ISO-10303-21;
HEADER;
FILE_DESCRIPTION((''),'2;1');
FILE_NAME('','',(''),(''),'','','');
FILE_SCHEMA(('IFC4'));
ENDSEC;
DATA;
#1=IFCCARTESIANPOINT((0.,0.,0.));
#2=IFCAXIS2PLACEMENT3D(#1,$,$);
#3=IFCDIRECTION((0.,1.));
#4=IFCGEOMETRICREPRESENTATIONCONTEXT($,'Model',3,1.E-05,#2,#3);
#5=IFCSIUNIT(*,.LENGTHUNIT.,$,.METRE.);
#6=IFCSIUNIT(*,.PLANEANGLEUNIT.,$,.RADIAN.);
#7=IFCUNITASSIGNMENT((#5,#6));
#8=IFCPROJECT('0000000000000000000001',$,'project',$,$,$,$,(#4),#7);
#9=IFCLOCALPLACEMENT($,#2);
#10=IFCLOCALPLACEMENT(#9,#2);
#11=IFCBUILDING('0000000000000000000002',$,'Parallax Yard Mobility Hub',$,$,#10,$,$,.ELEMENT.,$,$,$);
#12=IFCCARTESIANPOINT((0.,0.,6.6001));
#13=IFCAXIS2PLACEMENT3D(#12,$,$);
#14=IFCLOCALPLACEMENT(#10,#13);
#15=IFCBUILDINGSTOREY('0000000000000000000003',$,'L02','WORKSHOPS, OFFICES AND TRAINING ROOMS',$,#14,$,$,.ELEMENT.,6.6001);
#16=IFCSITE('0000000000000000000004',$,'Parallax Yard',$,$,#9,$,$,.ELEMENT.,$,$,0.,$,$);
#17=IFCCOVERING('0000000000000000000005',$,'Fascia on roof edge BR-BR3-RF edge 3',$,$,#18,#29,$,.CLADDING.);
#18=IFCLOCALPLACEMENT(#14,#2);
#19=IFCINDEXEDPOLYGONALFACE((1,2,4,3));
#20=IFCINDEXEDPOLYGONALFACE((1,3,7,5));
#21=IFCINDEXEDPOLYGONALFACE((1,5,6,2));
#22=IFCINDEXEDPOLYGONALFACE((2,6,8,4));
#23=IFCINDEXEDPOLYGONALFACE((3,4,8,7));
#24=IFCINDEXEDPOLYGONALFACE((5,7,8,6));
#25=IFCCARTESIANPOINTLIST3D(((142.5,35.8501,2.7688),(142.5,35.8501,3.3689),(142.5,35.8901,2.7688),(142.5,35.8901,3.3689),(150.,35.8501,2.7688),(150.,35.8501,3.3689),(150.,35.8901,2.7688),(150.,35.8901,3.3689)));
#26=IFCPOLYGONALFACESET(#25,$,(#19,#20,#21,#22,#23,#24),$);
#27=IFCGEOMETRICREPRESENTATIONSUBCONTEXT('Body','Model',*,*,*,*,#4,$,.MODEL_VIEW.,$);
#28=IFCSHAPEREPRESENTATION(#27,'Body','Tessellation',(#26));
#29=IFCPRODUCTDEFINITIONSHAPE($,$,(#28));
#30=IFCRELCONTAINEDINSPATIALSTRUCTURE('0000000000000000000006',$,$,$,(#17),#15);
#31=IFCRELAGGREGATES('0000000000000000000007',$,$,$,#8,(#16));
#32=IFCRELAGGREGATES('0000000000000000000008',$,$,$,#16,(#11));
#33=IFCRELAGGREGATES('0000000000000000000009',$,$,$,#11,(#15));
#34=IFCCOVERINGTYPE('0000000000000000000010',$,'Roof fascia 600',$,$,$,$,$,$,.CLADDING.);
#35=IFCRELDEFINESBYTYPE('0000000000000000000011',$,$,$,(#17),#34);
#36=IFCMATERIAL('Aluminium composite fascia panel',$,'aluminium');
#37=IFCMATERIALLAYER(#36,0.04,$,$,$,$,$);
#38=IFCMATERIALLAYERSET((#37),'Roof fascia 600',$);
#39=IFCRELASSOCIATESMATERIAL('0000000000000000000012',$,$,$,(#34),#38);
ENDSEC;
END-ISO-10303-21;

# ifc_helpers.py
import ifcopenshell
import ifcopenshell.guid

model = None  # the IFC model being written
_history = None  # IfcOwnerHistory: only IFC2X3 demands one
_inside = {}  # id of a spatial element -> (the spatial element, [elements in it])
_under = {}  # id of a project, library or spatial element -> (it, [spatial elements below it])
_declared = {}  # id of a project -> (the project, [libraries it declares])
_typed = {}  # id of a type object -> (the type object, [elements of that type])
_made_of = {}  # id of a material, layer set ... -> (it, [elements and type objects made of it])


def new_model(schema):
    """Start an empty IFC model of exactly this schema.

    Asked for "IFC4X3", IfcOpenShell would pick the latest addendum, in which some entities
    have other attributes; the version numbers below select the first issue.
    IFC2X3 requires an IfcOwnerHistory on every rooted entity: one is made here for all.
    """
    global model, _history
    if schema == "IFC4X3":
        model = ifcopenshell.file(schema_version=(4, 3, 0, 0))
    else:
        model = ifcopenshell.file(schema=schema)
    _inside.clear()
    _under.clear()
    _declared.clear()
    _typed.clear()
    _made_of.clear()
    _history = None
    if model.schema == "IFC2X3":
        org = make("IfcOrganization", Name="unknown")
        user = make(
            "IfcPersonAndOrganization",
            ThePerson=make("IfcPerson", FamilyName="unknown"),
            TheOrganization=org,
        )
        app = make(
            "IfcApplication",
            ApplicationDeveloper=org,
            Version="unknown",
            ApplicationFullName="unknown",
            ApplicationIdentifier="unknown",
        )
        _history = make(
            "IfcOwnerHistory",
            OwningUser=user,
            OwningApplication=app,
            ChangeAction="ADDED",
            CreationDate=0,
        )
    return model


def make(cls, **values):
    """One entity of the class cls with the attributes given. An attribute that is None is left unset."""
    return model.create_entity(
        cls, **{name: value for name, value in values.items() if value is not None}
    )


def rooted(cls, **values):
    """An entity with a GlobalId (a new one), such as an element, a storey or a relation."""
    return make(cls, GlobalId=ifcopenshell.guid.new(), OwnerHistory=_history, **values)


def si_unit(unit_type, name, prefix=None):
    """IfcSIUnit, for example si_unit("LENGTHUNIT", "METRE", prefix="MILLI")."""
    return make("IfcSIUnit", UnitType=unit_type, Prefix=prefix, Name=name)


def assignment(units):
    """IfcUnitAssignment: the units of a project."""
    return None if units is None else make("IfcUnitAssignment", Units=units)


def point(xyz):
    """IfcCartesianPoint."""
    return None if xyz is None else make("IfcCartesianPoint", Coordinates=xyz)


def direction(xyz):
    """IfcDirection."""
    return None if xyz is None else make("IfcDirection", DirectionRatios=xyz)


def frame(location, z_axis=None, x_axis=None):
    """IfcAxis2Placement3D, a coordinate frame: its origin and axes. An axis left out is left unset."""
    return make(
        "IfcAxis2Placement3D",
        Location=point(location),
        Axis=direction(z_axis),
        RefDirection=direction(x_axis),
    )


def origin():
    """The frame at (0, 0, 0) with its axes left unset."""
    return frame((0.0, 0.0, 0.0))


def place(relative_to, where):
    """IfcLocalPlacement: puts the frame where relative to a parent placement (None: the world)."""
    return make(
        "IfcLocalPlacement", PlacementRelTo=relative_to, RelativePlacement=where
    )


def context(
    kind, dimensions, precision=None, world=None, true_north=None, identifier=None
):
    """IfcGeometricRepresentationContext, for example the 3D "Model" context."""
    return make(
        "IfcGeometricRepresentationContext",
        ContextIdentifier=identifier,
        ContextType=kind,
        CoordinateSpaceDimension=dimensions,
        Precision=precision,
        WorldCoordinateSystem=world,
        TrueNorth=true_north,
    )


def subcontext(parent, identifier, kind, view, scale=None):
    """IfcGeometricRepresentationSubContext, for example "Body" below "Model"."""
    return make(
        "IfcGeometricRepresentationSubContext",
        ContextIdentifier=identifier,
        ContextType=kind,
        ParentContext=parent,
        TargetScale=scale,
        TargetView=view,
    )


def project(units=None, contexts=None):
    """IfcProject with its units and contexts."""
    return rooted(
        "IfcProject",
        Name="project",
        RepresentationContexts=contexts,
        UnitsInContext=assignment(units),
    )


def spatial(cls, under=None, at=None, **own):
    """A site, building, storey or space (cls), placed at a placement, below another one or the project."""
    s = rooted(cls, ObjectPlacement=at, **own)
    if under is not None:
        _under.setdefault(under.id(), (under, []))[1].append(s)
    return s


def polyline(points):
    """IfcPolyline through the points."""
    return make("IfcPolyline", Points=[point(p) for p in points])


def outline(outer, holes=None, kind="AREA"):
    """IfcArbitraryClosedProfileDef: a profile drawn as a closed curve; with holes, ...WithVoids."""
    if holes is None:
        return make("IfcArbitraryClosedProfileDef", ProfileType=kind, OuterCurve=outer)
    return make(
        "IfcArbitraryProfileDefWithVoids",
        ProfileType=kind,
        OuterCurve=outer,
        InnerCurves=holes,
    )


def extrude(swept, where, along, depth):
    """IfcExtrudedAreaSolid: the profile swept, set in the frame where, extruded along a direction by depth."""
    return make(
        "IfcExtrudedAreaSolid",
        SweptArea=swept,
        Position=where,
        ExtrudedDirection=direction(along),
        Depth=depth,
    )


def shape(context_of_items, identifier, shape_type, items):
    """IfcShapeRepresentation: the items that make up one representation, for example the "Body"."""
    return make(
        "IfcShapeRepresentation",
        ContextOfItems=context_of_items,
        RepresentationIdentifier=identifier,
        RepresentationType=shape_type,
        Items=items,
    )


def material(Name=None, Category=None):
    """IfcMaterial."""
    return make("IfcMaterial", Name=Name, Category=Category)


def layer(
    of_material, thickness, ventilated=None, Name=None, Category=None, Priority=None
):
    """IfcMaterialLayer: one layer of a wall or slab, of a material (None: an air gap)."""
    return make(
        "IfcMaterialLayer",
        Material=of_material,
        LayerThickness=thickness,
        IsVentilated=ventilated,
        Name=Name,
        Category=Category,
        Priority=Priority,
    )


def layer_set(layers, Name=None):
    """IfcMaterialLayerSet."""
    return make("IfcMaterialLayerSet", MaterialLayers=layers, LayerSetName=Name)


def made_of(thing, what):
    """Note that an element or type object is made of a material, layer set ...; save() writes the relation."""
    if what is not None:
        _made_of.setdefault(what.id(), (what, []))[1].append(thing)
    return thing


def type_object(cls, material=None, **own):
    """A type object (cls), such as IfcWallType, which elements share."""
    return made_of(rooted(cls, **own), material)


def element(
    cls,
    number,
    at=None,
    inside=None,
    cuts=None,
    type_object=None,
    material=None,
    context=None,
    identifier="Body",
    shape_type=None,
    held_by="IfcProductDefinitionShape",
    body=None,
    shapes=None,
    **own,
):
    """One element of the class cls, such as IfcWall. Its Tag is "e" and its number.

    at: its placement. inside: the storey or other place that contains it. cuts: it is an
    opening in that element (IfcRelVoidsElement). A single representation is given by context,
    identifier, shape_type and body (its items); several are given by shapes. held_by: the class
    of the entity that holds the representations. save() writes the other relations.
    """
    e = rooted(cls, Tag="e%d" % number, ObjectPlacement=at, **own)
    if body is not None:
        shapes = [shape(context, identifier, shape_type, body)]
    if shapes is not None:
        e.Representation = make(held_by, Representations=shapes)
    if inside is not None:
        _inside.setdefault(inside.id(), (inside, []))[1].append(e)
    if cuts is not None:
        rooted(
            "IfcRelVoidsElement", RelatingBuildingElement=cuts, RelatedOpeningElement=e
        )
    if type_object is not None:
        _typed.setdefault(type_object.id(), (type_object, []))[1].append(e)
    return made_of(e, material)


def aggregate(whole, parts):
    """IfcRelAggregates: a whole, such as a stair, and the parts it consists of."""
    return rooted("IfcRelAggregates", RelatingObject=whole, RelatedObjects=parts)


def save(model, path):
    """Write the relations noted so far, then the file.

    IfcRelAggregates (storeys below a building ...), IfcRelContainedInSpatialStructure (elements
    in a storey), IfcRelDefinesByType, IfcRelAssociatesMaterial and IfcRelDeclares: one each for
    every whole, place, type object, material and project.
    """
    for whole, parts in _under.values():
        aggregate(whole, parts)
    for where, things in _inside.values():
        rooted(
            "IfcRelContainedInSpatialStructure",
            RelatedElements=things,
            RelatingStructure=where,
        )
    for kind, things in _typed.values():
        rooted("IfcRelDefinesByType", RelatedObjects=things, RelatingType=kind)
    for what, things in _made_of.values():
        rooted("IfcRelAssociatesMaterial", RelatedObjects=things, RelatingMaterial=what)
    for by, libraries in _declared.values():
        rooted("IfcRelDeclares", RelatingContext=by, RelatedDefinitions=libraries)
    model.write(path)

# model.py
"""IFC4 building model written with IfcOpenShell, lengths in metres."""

from ifc_helpers import new_model, si_unit, direction, frame, origin, place, context, subcontext, project, spatial, polyline, outline, extrude, material, layer, layer_set, type_object, element, save


model = new_model("IFC4")

# Units and contexts
model_context = context("Model", 3, precision=1e-05, world=origin(), true_north=direction((0.0, 1.0)))
body_context = subcontext(model_context, "Body", "Model", "MODEL_VIEW")
ifc_project = project(units=[si_unit("LENGTHUNIT", "METRE"), si_unit("PLANEANGLEUNIT", "RADIAN")], contexts=[model_context])

# Site, building, storey
site_placement = place(None, origin())
site = spatial("IfcSite", under=ifc_project, at=site_placement, Name="Parallax Yard", CompositionType="ELEMENT", RefElevation=0.0)
building_placement = place(site_placement, origin())
building = spatial("IfcBuilding", under=site, at=building_placement, Name="Parallax Yard Mobility Hub", CompositionType="ELEMENT")
storey_placement = place(building_placement, frame((0.0, 0.0, 6.6001)))
storey = spatial("IfcBuildingStorey", under=building, at=storey_placement, Name="L02", Description="WORKSHOPS, OFFICES AND TRAINING ROOMS", CompositionType="ELEMENT", Elevation=6.6001)

# Covering
ifc_material_1 = material(Name="Aluminium composite fascia panel", Category="aluminium")
ifc_layer_1 = layer(ifc_material_1, 0.04)
ifc_layer_set_1 = layer_set([ifc_layer_1], Name="Roof fascia 600")
covering_type = type_object("IfcCoveringType", Name="Roof fascia 600", PredefinedType="CLADDING", material=ifc_layer_set_1)
covering_placement = place(storey_placement, frame((150.0, 35.8501, 3.3689), z_axis=(0.0, -1.0, 0.0), x_axis=(-1.0, 0.0, 0.0)))
element("IfcCovering", 1, at=covering_placement, inside=storey, type_object=covering_type, Name="Fascia on roof edge BR-BR3-RF edge 3", PredefinedType="CLADDING", context=body_context, shape_type="SweptSolid", body=[
    extrude(outline(polyline([(0.0, 0.0), (7.5, 0.0), (7.5, 0.6001), (0.0, 0.6001), (0.0, 0.0)])), origin(), (0.0, 0.0, -1.0), 0.04),
])

save(model, "model.ifc")
